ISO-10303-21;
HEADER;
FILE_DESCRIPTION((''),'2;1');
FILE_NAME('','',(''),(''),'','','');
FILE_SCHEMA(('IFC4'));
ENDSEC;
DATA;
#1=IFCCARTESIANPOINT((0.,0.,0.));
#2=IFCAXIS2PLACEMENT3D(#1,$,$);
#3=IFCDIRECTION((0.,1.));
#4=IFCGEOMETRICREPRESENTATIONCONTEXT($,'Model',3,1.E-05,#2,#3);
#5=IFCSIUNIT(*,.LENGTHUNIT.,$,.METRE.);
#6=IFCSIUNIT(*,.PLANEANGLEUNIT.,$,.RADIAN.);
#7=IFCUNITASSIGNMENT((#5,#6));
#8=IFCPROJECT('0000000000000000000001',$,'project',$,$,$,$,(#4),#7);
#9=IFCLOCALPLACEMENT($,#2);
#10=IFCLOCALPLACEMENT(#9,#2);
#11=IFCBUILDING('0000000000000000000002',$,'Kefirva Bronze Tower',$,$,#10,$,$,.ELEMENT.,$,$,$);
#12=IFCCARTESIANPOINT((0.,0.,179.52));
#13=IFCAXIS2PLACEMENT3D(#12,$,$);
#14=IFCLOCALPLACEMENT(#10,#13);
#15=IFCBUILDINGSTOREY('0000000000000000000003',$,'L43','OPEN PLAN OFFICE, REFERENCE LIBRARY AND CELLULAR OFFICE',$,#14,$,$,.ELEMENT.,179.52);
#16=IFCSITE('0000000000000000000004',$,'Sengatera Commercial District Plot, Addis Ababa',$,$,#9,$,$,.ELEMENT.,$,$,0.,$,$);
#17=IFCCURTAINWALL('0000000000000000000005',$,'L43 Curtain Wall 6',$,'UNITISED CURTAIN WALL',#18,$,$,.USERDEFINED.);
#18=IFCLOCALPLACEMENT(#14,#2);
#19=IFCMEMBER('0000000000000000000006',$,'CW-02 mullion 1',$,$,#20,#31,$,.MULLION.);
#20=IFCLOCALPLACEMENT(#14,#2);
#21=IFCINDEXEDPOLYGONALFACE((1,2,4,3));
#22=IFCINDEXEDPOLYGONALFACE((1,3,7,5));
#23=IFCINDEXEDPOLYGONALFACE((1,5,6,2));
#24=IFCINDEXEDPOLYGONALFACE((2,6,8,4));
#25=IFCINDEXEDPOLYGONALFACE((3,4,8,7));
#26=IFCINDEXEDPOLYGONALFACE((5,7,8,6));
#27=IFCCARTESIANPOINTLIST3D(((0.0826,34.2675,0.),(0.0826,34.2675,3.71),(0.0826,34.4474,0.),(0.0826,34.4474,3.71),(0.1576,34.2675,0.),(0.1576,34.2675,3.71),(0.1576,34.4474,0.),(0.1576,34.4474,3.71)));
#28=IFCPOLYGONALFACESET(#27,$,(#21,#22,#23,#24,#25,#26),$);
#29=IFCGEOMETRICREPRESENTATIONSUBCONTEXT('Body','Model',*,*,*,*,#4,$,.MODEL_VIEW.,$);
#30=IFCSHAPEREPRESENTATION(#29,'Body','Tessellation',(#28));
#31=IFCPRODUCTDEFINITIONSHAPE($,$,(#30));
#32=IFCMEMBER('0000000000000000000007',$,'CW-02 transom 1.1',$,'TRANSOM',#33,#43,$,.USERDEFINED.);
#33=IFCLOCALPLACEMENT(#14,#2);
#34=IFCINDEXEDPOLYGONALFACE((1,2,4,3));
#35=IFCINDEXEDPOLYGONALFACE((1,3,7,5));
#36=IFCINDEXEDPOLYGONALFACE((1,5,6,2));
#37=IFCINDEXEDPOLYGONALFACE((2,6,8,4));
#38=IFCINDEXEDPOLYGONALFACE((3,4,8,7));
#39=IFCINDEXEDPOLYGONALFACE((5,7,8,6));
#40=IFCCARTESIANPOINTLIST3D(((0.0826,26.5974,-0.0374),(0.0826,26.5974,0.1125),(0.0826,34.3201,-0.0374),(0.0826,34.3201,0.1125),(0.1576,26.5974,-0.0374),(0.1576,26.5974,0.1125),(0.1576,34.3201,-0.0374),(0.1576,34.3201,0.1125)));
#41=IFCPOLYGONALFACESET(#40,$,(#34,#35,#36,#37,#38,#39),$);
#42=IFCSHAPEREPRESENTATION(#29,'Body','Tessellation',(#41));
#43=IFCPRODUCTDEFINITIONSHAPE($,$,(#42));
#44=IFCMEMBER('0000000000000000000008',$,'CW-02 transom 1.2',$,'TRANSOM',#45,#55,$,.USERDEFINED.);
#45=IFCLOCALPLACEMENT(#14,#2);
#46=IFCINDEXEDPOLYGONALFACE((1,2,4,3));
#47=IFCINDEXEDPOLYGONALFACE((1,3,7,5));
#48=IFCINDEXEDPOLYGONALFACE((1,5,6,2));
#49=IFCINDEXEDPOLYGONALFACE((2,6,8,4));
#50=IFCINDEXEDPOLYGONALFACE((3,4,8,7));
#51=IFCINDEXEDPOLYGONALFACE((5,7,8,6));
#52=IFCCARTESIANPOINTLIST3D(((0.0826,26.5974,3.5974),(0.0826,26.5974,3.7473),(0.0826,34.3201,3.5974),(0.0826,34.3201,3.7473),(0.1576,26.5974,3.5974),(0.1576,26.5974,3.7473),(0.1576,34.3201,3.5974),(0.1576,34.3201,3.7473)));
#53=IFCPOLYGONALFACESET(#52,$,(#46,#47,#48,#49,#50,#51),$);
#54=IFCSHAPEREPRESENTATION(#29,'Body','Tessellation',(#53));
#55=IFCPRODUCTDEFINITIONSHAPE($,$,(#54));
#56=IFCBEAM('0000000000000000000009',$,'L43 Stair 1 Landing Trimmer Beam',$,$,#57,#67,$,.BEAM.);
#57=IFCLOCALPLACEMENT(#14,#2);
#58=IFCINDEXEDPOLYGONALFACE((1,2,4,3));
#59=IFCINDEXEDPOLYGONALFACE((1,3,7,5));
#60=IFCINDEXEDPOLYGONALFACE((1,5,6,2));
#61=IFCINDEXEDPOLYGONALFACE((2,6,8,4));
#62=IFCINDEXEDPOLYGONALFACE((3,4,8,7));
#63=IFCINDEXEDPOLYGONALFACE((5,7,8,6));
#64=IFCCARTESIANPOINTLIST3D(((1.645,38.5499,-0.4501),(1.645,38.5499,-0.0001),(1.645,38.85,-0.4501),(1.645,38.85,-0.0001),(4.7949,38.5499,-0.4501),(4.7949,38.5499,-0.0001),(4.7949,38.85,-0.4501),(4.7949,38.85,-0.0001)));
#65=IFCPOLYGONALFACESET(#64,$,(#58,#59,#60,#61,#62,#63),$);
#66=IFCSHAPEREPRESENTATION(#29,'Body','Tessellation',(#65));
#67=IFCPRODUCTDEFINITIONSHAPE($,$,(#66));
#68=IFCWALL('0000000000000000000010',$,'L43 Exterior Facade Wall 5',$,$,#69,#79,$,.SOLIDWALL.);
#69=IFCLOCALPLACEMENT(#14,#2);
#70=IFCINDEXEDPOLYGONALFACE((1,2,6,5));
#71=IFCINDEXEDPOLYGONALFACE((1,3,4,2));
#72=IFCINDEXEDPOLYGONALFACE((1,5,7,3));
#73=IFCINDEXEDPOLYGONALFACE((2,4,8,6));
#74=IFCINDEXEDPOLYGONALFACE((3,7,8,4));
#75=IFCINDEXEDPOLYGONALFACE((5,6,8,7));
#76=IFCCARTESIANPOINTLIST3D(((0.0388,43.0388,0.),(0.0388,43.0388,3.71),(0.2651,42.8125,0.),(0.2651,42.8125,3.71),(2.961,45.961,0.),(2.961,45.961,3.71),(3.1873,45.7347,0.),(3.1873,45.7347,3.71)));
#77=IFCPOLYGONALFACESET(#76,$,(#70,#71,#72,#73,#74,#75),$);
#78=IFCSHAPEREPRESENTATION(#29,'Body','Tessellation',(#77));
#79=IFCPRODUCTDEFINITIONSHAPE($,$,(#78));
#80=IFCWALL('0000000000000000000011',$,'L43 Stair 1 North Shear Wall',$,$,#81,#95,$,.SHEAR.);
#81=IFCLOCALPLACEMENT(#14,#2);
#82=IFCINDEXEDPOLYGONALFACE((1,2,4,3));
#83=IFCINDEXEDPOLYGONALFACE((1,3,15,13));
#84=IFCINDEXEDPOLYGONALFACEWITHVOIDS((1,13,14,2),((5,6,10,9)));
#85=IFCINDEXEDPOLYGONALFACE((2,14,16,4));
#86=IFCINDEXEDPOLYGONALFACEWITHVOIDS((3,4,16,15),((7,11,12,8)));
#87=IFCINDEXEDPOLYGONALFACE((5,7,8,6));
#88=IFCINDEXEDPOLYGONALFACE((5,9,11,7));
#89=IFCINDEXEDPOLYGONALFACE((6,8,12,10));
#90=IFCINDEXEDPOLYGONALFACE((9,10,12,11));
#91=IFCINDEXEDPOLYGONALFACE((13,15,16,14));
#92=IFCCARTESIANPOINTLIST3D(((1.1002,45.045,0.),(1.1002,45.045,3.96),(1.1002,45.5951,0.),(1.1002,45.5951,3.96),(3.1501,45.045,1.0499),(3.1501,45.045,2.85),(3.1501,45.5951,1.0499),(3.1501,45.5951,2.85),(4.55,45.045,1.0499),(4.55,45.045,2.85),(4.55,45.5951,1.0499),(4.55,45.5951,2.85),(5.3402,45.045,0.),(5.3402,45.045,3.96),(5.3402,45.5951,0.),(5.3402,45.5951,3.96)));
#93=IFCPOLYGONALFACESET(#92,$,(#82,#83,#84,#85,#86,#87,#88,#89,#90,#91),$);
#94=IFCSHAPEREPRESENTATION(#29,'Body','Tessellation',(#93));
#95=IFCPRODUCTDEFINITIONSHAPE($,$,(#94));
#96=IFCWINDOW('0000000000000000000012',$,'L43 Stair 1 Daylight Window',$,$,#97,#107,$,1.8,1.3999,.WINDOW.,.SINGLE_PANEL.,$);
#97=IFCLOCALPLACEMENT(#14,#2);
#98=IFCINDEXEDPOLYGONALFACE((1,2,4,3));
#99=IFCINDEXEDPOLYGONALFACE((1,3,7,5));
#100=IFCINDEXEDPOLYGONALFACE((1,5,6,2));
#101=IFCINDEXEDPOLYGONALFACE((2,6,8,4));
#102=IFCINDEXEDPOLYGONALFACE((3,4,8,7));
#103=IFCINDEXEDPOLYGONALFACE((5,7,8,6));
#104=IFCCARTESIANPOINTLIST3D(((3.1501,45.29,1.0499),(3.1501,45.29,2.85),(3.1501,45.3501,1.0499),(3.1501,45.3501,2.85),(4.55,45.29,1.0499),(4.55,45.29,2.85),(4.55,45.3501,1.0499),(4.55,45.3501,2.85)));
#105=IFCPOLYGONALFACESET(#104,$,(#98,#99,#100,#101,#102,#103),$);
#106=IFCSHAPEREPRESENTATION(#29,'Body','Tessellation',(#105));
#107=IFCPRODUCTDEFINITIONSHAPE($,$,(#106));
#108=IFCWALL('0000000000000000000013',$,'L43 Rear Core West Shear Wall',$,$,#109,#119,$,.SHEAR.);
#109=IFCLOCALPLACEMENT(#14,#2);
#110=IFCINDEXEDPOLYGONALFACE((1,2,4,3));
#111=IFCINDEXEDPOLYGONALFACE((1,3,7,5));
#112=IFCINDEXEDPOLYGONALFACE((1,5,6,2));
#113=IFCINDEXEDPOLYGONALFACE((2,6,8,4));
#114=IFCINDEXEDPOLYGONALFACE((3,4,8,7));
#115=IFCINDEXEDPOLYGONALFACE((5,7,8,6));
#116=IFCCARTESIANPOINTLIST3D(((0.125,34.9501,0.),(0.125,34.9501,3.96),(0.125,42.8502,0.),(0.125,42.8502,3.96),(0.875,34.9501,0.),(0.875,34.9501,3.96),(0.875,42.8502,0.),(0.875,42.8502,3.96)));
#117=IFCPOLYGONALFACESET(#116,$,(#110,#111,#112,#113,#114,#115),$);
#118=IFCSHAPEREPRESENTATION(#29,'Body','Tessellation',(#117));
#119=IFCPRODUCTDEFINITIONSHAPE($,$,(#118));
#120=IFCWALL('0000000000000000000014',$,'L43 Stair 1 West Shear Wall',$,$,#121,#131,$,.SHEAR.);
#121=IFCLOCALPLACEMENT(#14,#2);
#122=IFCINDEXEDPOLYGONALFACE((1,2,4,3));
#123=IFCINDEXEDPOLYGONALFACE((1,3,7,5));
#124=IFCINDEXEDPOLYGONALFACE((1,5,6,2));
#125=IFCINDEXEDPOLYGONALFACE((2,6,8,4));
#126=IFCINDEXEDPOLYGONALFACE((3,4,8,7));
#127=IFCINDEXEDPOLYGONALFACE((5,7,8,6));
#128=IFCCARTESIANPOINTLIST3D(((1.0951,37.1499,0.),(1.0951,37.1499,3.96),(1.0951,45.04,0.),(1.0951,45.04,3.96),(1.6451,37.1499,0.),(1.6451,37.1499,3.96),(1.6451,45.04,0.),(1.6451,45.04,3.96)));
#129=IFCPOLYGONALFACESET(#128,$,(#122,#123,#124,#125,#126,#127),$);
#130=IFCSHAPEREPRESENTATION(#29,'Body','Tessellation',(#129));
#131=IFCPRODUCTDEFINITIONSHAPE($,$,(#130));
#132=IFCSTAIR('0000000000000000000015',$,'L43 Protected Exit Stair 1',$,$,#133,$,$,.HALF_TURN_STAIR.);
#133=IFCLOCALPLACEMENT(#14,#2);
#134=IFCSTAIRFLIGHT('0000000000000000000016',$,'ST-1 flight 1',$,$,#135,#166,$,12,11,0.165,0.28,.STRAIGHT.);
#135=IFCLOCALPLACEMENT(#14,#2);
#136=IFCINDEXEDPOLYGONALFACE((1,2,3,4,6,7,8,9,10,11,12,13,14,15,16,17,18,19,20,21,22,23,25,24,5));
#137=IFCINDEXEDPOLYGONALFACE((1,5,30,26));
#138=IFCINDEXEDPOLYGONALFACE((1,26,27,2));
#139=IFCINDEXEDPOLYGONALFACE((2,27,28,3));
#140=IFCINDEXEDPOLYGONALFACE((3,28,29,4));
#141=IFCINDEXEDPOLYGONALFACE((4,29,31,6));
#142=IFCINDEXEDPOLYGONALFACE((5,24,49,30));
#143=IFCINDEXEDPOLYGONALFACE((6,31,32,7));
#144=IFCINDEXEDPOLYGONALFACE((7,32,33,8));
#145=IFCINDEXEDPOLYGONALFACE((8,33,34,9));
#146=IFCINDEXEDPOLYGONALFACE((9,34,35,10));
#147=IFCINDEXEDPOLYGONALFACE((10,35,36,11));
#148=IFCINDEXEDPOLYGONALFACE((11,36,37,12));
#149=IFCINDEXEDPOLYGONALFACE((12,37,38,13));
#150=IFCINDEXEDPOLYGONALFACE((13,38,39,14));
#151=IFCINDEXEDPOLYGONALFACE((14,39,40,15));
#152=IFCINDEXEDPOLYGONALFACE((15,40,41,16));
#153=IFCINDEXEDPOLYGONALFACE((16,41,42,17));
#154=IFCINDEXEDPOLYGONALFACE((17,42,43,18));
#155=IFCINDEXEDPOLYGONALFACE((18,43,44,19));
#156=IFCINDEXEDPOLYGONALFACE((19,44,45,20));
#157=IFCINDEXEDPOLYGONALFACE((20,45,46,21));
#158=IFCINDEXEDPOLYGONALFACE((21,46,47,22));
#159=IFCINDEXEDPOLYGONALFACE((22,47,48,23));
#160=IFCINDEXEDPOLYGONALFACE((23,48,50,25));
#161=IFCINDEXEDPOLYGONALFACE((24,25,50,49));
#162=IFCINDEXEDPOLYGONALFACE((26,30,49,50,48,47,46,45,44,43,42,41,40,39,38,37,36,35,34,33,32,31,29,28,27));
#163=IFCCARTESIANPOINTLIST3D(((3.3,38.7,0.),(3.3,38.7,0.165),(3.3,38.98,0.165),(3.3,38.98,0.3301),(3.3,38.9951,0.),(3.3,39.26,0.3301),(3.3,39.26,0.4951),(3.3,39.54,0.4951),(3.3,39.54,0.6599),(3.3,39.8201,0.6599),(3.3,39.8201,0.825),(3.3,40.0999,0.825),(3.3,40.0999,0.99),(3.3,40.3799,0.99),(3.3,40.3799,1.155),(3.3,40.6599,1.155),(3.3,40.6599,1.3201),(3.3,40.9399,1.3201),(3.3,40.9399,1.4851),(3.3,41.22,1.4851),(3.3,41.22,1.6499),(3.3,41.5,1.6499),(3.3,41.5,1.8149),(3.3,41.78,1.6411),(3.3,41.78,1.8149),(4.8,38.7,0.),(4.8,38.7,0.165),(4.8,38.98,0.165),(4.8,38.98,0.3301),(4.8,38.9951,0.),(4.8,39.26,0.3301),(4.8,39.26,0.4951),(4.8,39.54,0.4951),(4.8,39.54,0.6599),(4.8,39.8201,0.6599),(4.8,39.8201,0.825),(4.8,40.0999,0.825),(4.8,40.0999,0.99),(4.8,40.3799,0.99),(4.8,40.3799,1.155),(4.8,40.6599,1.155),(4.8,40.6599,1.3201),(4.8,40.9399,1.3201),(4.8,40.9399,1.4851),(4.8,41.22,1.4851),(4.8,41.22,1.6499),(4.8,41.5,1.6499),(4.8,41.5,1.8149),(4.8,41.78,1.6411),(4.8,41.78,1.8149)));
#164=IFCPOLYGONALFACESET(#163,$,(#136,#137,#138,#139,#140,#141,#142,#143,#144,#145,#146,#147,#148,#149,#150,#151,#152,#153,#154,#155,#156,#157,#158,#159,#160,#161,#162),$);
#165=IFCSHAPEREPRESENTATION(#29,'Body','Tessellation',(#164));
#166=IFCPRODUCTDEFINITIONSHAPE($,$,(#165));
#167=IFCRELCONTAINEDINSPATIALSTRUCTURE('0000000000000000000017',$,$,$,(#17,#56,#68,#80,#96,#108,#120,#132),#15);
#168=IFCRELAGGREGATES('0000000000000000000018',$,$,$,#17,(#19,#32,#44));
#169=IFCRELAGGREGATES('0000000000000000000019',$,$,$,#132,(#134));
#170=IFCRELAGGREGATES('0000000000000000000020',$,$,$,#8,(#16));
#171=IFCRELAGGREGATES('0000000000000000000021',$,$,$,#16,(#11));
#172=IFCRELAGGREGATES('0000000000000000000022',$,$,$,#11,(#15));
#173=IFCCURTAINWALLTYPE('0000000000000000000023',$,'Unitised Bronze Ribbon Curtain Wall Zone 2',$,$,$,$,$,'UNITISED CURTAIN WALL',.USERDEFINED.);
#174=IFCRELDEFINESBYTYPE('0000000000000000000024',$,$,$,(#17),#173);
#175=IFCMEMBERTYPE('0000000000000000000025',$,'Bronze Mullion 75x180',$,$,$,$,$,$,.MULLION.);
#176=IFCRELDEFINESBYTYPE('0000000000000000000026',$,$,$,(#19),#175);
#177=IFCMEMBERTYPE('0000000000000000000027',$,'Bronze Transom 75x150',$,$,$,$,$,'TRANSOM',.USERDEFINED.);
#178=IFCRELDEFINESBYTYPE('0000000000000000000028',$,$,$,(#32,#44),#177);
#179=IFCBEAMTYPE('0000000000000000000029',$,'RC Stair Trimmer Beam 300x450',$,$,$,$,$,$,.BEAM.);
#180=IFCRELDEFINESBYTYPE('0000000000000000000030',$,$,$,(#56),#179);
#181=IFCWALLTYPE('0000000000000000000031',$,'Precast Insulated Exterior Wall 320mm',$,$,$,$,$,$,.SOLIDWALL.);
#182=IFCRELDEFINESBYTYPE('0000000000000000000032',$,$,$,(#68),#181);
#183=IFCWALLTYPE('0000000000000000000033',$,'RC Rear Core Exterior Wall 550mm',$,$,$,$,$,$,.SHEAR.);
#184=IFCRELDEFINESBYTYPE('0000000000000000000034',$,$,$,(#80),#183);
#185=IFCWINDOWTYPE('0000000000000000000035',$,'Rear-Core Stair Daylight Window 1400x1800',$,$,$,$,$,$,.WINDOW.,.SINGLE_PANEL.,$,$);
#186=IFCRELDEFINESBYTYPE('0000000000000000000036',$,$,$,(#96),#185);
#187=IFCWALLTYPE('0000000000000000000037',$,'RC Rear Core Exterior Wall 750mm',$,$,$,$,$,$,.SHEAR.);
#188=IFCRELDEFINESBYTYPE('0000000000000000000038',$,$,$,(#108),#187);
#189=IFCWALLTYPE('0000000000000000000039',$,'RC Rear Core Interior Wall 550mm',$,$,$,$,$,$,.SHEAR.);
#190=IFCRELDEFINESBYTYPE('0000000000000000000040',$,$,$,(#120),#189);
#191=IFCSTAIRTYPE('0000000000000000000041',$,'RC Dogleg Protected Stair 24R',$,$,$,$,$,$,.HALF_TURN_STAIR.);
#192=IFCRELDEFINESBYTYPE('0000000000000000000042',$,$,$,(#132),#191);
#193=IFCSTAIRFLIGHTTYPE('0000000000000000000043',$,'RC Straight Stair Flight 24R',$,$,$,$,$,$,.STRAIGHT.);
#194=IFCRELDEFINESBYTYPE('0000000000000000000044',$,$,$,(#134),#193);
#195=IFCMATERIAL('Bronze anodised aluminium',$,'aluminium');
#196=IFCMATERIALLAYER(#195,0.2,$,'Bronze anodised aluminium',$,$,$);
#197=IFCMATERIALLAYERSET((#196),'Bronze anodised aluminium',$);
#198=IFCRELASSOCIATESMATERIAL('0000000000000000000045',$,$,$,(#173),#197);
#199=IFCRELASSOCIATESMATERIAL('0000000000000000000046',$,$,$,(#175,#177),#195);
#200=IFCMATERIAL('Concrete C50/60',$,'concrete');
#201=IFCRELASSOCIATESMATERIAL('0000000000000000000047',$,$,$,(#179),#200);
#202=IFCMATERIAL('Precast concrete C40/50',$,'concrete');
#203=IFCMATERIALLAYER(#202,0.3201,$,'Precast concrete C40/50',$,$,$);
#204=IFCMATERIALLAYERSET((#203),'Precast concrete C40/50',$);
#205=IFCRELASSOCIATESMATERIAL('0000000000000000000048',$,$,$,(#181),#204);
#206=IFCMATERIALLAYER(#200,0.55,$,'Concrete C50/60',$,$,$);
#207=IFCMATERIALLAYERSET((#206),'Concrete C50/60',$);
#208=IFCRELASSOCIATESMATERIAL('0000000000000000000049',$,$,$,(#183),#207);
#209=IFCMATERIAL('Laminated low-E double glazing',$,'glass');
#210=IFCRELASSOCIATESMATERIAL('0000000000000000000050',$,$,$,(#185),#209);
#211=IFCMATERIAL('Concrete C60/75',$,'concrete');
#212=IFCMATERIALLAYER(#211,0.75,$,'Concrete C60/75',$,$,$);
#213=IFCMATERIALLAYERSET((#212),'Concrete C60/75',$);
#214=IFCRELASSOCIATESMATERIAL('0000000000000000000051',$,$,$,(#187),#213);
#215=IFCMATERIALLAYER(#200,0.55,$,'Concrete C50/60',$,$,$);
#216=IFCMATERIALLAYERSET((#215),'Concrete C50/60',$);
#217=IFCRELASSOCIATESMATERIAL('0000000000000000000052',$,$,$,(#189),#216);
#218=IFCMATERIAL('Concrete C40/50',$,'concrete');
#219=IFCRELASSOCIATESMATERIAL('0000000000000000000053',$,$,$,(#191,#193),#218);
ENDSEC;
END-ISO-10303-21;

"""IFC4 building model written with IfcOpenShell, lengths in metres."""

from ifc_helpers import new_model, si_unit, direction, frame, frame_2d, origin, origin_2d, place, context, subcontext, project, spatial, polyline, rectangle, outline, extrude, material, layer, layer_set, material_profile, profile_set, type_object, element, fill, aggregate, save


model = new_model("IFC4")

# Units and contexts
model_context = context("Model", 3, precision=1e-05, world=origin(), true_north=direction((0.0, 1.0)))
body_context = subcontext(model_context, "Body", "Model", "MODEL_VIEW")
ifc_project = project(units=[si_unit("LENGTHUNIT", "METRE"), si_unit("PLANEANGLEUNIT", "RADIAN")], contexts=[model_context])

# Site, building, storey
site_placement = place(None, origin())
site = spatial("IfcSite", under=ifc_project, at=site_placement, Name="Sengatera Commercial District Plot, Addis Ababa", CompositionType="ELEMENT", RefElevation=0.0)
building_placement = place(site_placement, origin())
building = spatial("IfcBuilding", under=site, at=building_placement, Name="Kefirva Bronze Tower", CompositionType="ELEMENT")
storey_placement = place(building_placement, frame((0.0, 0.0, 179.52)))
storey = spatial("IfcBuildingStorey", under=building, at=storey_placement, Name="L43", Description="OPEN PLAN OFFICE, REFERENCE LIBRARY AND CELLULAR OFFICE", CompositionType="ELEMENT", Elevation=179.52)

# Curtain wall, members
ifc_material_1 = material(Name="Bronze anodised aluminium", Category="aluminium")
ifc_layer_1 = layer(ifc_material_1, 0.2, Name="Bronze anodised aluminium")
ifc_layer_set_1 = layer_set([ifc_layer_1], Name="Bronze anodised aluminium")
curtain_wall_type = type_object("IfcCurtainWallType", Name="Unitised Bronze Ribbon Curtain Wall Zone 2", ElementType="UNITISED CURTAIN WALL", PredefinedType="USERDEFINED", material=ifc_layer_set_1)
curtain_wall_placement = place(storey_placement, origin())
curtain_wall = element("IfcCurtainWall", 1, at=curtain_wall_placement, inside=storey, type_object=curtain_wall_type, Name="L43 Curtain Wall 6", ObjectType="UNITISED CURTAIN WALL", PredefinedType="USERDEFINED")
ifc_material_profile_1 = material_profile(ifc_material_1, rectangle(XDim=0.075, YDim=0.1799, at=origin_2d()), Name="ALU 75x180")
ifc_profile_set_1 = profile_set([ifc_material_profile_1], Name="Bronze anodised aluminium")
member_type_1 = type_object("IfcMemberType", Name="Bronze Mullion 75x180", PredefinedType="MULLION", material=ifc_profile_set_1)
member_1_placement = place(storey_placement, frame((0.1201, 34.3574, 0.0), z_axis=(0.0, 0.0, 1.0), x_axis=(1.0, 0.0, 0.0)))
member_1 = element("IfcMember", 2, at=member_1_placement, type_object=member_type_1, Name="CW-02 mullion 1", PredefinedType="MULLION", context=body_context, shape_type="SweptSolid", body=[
    extrude(rectangle(XDim=0.075, YDim=0.1799, at=origin_2d()), origin(), (0.0, 0.0, 1.0), 3.71),
])
ifc_material_profile_2 = material_profile(ifc_material_1, rectangle(XDim=0.075, YDim=0.1499, at=origin_2d()), Name="ALU 75x150")
ifc_profile_set_2 = profile_set([ifc_material_profile_2], Name="Bronze anodised aluminium")
member_type_2 = type_object("IfcMemberType", Name="Bronze Transom 75x150", ElementType="TRANSOM", PredefinedType="USERDEFINED", material=ifc_profile_set_2)
member_2_placement = place(storey_placement, frame((0.1201, 34.3201, 0.0376), z_axis=(0.0, -1.0, 0.0), x_axis=(1.0, 0.0, 0.0)))
member_2 = element("IfcMember", 3, at=member_2_placement, type_object=member_type_2, Name="CW-02 transom 1.1", ObjectType="TRANSOM", PredefinedType="USERDEFINED", context=body_context, shape_type="SweptSolid", body=[
    extrude(rectangle(XDim=0.075, YDim=0.1499, at=origin_2d()), origin(), (0.0, 0.0, 1.0), 7.7227),
])
member_3_placement = place(storey_placement, frame((0.1201, 34.3201, 3.6724), z_axis=(0.0, -1.0, 0.0), x_axis=(1.0, 0.0, 0.0)))
member_3 = element("IfcMember", 4, at=member_3_placement, type_object=member_type_2, Name="CW-02 transom 1.2", ObjectType="TRANSOM", PredefinedType="USERDEFINED", context=body_context, shape_type="SweptSolid", body=[
    extrude(rectangle(XDim=0.075, YDim=0.1499, at=origin_2d()), origin(), (0.0, 0.0, 1.0), 7.7227),
])
aggregate(curtain_wall, [member_1, member_2, member_3])

# Beam
ifc_material_2 = material(Name="Concrete C50/60", Category="concrete")
ifc_material_profile_3 = material_profile(ifc_material_2, rectangle(XDim=0.3, YDim=0.45, at=origin_2d()), Name="RC 300x450")
ifc_profile_set_3 = profile_set([ifc_material_profile_3], Name="Concrete C50/60")
beam_type = type_object("IfcBeamType", Name="RC Stair Trimmer Beam 300x450", PredefinedType="BEAM", material=ifc_profile_set_3)
beam_placement = place(storey_placement, frame((1.645, 38.7, -0.2251), z_axis=(1.0, 0.0, 0.0), x_axis=(0.0, 1.0, 0.0)))
element("IfcBeam", 5, at=beam_placement, inside=storey, type_object=beam_type, Name="L43 Stair 1 Landing Trimmer Beam", PredefinedType="BEAM", context=body_context, shape_type="SweptSolid", body=[
    extrude(rectangle(XDim=0.3, YDim=0.45, at=origin_2d()), origin(), (0.0, 0.0, 1.0), 3.1499),
])

# Wall
ifc_material_3 = material(Name="Precast concrete C40/50", Category="concrete")
ifc_layer_2 = layer(ifc_material_3, 0.3201, Name="Precast concrete C40/50")
ifc_layer_set_2 = layer_set([ifc_layer_2], Name="Precast concrete C40/50")
wall_type_1 = type_object("IfcWallType", Name="Precast Insulated Exterior Wall 320mm", PredefinedType="SOLIDWALL", material=ifc_layer_set_2)
wall_1_placement = place(storey_placement, frame((3.0742, 45.8479, 0.0), z_axis=(0.0, 0.0, 1.0), x_axis=(-0.707107, -0.707107, 0.0)))
element("IfcWall", 6, at=wall_1_placement, inside=storey, type_object=wall_type_1, Name="L43 Exterior Facade Wall 5", PredefinedType="SOLIDWALL", context=body_context, shape_type="SweptSolid", body=[
    extrude(rectangle(XDim=4.1326, YDim=0.3201, at=frame_2d((2.0664, 0.0))), origin(), (0.0, 0.0, 1.0), 3.71),
])

# Wall, opening, window
ifc_layer_3 = layer(ifc_material_2, 0.55, Name="Concrete C50/60")
ifc_layer_set_3 = layer_set([ifc_layer_3], Name="Concrete C50/60")
wall_type_2 = type_object("IfcWallType", Name="RC Rear Core Exterior Wall 550mm", PredefinedType="SHEAR", material=ifc_layer_set_3)
wall_2_placement = place(storey_placement, frame((1.1001, 45.3201, 0.0), z_axis=(0.0, 0.0, 1.0), x_axis=(1.0, 0.0, 0.0)))
wall_2 = element("IfcWall", 7, at=wall_2_placement, inside=storey, type_object=wall_type_2, Name="L43 Stair 1 North Shear Wall", PredefinedType="SHEAR", context=body_context, shape_type="SweptSolid", body=[
    extrude(rectangle(XDim=4.24, YDim=0.55, at=frame_2d((2.1201, 0.0))), origin(), (0.0, 0.0, 1.0), 3.96),
])
opening_1_placement = place(wall_2_placement, frame((2.05, 0.0, 1.05)))
opening_1 = element("IfcOpeningElement", 8, at=opening_1_placement, cuts=wall_2, PredefinedType="OPENING", context=body_context, shape_type="SweptSolid", body=[
    extrude(rectangle(XDim=1.3999, YDim=1.8, at=frame_2d((0.7, 0.8999))), frame((0.0, 0.2852, 0.0), z_axis=(0.0, -1.0, 0.0), x_axis=(1.0, 0.0, 0.0)), (0.0, 0.0, 1.0), 0.5701),
])
ifc_material_4 = material(Name="Laminated low-E double glazing", Category="glass")
window_type = type_object("IfcWindowType", Name="Rear-Core Stair Daylight Window 1400x1800", PartitioningType="SINGLE_PANEL", PredefinedType="WINDOW", material=ifc_material_4)
window_placement = place(opening_1_placement, origin())
window = element("IfcWindow", 9, at=window_placement, inside=storey, type_object=window_type, Name="L43 Stair 1 Daylight Window", OverallHeight=1.8, OverallWidth=1.3999, PartitioningType="SINGLE_PANEL", PredefinedType="WINDOW", context=body_context, shape_type="SweptSolid", body=[
    extrude(rectangle(XDim=1.3999, YDim=1.8, at=frame_2d((0.7, 0.8999))), frame((0.0, 0.03, 0.0), z_axis=(0.0, -1.0, 0.0), x_axis=(1.0, 0.0, 0.0)), (0.0, 0.0, 1.0), 0.0601),
])
fill(opening_1, window)

# Walls
ifc_material_5 = material(Name="Concrete C60/75", Category="concrete")
ifc_layer_4 = layer(ifc_material_5, 0.75, Name="Concrete C60/75")
ifc_layer_set_4 = layer_set([ifc_layer_4], Name="Concrete C60/75")
wall_type_3 = type_object("IfcWallType", Name="RC Rear Core Exterior Wall 750mm", PredefinedType="SHEAR", material=ifc_layer_set_4)
wall_3_placement = place(storey_placement, frame((0.5, 34.95, 0.0), z_axis=(0.0, 0.0, 1.0), x_axis=(0.0, 1.0, 0.0)))
element("IfcWall", 10, at=wall_3_placement, inside=storey, type_object=wall_type_3, Name="L43 Rear Core West Shear Wall", PredefinedType="SHEAR", context=body_context, shape_type="SweptSolid", body=[
    extrude(rectangle(XDim=7.9001, YDim=0.75, at=frame_2d((3.9502, 0.0))), origin(), (0.0, 0.0, 1.0), 3.96),
])
ifc_layer_5 = layer(ifc_material_2, 0.55, Name="Concrete C50/60")
ifc_layer_set_5 = layer_set([ifc_layer_5], Name="Concrete C50/60")
wall_type_4 = type_object("IfcWallType", Name="RC Rear Core Interior Wall 550mm", PredefinedType="SHEAR", material=ifc_layer_set_5)
wall_4_placement = place(storey_placement, frame((1.3701, 37.1499, 0.0), z_axis=(0.0, 0.0, 1.0), x_axis=(0.0, 1.0, 0.0)))
element("IfcWall", 11, at=wall_4_placement, inside=storey, type_object=wall_type_4, Name="L43 Stair 1 West Shear Wall", PredefinedType="SHEAR", context=body_context, shape_type="SweptSolid", body=[
    extrude(rectangle(XDim=7.8901, YDim=0.55, at=frame_2d((3.9451, 0.0))), origin(), (0.0, 0.0, 1.0), 3.96),
])

# Stair, stair flight
ifc_material_6 = material(Name="Concrete C40/50", Category="concrete")
stair_type = type_object("IfcStairType", Name="RC Dogleg Protected Stair 24R", PredefinedType="HALF_TURN_STAIR", material=ifc_material_6)
stair_placement = place(storey_placement, origin())
stair = element("IfcStair", 12, at=stair_placement, inside=storey, type_object=stair_type, Name="L43 Protected Exit Stair 1", PredefinedType="HALF_TURN_STAIR")
stair_flight_type = type_object("IfcStairFlightType", Name="RC Straight Stair Flight 24R", PredefinedType="STRAIGHT", material=ifc_material_6)
stair_flight_1_placement = place(storey_placement, frame((4.05, 38.7, 0.0), z_axis=(0.0, 0.0, 1.0), x_axis=(0.0, 1.0, 0.0)))
stair_flight_1 = element("IfcStairFlight", 13, at=stair_flight_1_placement, type_object=stair_flight_type, Name="ST-1 flight 1", NumberOfRisers=12, NumberOfTreads=11, PredefinedType="STRAIGHT", RiserHeight=0.165, TreadLength=0.28, context=body_context, shape_type="SweptSolid", body=[
    extrude(outline(polyline([(0.0, 0.0), (0.0, 0.165), (0.28, 0.165), (0.28, 0.3301), (0.5601, 0.3301), (0.5601, 0.4951), (0.8401, 0.4951), (0.8401, 0.6599), (1.1201, 0.6599), (1.1201, 0.825), (1.3999, 0.825), (1.3999, 0.99), (1.6799, 0.99), (1.6799, 1.155), (1.96, 1.155), (1.96, 1.3201), (2.24, 1.3201), (2.24, 1.4851), (2.52, 1.4851), (2.52, 1.6499), (2.8, 1.6499), (2.8, 1.8149), (3.0801, 1.8149), (3.0801, 1.98), (3.0801, 1.6411), (0.2952, 0.0), (0.0, 0.0)])), frame((0.0, 0.75, 0.0), z_axis=(0.0, -1.0, 0.0), x_axis=(1.0, 0.0, 0.0)), (0.0, 0.0, 1.0), 1.5),
])
aggregate(stair, [stair_flight_1])

save(model, "model.ifc")
